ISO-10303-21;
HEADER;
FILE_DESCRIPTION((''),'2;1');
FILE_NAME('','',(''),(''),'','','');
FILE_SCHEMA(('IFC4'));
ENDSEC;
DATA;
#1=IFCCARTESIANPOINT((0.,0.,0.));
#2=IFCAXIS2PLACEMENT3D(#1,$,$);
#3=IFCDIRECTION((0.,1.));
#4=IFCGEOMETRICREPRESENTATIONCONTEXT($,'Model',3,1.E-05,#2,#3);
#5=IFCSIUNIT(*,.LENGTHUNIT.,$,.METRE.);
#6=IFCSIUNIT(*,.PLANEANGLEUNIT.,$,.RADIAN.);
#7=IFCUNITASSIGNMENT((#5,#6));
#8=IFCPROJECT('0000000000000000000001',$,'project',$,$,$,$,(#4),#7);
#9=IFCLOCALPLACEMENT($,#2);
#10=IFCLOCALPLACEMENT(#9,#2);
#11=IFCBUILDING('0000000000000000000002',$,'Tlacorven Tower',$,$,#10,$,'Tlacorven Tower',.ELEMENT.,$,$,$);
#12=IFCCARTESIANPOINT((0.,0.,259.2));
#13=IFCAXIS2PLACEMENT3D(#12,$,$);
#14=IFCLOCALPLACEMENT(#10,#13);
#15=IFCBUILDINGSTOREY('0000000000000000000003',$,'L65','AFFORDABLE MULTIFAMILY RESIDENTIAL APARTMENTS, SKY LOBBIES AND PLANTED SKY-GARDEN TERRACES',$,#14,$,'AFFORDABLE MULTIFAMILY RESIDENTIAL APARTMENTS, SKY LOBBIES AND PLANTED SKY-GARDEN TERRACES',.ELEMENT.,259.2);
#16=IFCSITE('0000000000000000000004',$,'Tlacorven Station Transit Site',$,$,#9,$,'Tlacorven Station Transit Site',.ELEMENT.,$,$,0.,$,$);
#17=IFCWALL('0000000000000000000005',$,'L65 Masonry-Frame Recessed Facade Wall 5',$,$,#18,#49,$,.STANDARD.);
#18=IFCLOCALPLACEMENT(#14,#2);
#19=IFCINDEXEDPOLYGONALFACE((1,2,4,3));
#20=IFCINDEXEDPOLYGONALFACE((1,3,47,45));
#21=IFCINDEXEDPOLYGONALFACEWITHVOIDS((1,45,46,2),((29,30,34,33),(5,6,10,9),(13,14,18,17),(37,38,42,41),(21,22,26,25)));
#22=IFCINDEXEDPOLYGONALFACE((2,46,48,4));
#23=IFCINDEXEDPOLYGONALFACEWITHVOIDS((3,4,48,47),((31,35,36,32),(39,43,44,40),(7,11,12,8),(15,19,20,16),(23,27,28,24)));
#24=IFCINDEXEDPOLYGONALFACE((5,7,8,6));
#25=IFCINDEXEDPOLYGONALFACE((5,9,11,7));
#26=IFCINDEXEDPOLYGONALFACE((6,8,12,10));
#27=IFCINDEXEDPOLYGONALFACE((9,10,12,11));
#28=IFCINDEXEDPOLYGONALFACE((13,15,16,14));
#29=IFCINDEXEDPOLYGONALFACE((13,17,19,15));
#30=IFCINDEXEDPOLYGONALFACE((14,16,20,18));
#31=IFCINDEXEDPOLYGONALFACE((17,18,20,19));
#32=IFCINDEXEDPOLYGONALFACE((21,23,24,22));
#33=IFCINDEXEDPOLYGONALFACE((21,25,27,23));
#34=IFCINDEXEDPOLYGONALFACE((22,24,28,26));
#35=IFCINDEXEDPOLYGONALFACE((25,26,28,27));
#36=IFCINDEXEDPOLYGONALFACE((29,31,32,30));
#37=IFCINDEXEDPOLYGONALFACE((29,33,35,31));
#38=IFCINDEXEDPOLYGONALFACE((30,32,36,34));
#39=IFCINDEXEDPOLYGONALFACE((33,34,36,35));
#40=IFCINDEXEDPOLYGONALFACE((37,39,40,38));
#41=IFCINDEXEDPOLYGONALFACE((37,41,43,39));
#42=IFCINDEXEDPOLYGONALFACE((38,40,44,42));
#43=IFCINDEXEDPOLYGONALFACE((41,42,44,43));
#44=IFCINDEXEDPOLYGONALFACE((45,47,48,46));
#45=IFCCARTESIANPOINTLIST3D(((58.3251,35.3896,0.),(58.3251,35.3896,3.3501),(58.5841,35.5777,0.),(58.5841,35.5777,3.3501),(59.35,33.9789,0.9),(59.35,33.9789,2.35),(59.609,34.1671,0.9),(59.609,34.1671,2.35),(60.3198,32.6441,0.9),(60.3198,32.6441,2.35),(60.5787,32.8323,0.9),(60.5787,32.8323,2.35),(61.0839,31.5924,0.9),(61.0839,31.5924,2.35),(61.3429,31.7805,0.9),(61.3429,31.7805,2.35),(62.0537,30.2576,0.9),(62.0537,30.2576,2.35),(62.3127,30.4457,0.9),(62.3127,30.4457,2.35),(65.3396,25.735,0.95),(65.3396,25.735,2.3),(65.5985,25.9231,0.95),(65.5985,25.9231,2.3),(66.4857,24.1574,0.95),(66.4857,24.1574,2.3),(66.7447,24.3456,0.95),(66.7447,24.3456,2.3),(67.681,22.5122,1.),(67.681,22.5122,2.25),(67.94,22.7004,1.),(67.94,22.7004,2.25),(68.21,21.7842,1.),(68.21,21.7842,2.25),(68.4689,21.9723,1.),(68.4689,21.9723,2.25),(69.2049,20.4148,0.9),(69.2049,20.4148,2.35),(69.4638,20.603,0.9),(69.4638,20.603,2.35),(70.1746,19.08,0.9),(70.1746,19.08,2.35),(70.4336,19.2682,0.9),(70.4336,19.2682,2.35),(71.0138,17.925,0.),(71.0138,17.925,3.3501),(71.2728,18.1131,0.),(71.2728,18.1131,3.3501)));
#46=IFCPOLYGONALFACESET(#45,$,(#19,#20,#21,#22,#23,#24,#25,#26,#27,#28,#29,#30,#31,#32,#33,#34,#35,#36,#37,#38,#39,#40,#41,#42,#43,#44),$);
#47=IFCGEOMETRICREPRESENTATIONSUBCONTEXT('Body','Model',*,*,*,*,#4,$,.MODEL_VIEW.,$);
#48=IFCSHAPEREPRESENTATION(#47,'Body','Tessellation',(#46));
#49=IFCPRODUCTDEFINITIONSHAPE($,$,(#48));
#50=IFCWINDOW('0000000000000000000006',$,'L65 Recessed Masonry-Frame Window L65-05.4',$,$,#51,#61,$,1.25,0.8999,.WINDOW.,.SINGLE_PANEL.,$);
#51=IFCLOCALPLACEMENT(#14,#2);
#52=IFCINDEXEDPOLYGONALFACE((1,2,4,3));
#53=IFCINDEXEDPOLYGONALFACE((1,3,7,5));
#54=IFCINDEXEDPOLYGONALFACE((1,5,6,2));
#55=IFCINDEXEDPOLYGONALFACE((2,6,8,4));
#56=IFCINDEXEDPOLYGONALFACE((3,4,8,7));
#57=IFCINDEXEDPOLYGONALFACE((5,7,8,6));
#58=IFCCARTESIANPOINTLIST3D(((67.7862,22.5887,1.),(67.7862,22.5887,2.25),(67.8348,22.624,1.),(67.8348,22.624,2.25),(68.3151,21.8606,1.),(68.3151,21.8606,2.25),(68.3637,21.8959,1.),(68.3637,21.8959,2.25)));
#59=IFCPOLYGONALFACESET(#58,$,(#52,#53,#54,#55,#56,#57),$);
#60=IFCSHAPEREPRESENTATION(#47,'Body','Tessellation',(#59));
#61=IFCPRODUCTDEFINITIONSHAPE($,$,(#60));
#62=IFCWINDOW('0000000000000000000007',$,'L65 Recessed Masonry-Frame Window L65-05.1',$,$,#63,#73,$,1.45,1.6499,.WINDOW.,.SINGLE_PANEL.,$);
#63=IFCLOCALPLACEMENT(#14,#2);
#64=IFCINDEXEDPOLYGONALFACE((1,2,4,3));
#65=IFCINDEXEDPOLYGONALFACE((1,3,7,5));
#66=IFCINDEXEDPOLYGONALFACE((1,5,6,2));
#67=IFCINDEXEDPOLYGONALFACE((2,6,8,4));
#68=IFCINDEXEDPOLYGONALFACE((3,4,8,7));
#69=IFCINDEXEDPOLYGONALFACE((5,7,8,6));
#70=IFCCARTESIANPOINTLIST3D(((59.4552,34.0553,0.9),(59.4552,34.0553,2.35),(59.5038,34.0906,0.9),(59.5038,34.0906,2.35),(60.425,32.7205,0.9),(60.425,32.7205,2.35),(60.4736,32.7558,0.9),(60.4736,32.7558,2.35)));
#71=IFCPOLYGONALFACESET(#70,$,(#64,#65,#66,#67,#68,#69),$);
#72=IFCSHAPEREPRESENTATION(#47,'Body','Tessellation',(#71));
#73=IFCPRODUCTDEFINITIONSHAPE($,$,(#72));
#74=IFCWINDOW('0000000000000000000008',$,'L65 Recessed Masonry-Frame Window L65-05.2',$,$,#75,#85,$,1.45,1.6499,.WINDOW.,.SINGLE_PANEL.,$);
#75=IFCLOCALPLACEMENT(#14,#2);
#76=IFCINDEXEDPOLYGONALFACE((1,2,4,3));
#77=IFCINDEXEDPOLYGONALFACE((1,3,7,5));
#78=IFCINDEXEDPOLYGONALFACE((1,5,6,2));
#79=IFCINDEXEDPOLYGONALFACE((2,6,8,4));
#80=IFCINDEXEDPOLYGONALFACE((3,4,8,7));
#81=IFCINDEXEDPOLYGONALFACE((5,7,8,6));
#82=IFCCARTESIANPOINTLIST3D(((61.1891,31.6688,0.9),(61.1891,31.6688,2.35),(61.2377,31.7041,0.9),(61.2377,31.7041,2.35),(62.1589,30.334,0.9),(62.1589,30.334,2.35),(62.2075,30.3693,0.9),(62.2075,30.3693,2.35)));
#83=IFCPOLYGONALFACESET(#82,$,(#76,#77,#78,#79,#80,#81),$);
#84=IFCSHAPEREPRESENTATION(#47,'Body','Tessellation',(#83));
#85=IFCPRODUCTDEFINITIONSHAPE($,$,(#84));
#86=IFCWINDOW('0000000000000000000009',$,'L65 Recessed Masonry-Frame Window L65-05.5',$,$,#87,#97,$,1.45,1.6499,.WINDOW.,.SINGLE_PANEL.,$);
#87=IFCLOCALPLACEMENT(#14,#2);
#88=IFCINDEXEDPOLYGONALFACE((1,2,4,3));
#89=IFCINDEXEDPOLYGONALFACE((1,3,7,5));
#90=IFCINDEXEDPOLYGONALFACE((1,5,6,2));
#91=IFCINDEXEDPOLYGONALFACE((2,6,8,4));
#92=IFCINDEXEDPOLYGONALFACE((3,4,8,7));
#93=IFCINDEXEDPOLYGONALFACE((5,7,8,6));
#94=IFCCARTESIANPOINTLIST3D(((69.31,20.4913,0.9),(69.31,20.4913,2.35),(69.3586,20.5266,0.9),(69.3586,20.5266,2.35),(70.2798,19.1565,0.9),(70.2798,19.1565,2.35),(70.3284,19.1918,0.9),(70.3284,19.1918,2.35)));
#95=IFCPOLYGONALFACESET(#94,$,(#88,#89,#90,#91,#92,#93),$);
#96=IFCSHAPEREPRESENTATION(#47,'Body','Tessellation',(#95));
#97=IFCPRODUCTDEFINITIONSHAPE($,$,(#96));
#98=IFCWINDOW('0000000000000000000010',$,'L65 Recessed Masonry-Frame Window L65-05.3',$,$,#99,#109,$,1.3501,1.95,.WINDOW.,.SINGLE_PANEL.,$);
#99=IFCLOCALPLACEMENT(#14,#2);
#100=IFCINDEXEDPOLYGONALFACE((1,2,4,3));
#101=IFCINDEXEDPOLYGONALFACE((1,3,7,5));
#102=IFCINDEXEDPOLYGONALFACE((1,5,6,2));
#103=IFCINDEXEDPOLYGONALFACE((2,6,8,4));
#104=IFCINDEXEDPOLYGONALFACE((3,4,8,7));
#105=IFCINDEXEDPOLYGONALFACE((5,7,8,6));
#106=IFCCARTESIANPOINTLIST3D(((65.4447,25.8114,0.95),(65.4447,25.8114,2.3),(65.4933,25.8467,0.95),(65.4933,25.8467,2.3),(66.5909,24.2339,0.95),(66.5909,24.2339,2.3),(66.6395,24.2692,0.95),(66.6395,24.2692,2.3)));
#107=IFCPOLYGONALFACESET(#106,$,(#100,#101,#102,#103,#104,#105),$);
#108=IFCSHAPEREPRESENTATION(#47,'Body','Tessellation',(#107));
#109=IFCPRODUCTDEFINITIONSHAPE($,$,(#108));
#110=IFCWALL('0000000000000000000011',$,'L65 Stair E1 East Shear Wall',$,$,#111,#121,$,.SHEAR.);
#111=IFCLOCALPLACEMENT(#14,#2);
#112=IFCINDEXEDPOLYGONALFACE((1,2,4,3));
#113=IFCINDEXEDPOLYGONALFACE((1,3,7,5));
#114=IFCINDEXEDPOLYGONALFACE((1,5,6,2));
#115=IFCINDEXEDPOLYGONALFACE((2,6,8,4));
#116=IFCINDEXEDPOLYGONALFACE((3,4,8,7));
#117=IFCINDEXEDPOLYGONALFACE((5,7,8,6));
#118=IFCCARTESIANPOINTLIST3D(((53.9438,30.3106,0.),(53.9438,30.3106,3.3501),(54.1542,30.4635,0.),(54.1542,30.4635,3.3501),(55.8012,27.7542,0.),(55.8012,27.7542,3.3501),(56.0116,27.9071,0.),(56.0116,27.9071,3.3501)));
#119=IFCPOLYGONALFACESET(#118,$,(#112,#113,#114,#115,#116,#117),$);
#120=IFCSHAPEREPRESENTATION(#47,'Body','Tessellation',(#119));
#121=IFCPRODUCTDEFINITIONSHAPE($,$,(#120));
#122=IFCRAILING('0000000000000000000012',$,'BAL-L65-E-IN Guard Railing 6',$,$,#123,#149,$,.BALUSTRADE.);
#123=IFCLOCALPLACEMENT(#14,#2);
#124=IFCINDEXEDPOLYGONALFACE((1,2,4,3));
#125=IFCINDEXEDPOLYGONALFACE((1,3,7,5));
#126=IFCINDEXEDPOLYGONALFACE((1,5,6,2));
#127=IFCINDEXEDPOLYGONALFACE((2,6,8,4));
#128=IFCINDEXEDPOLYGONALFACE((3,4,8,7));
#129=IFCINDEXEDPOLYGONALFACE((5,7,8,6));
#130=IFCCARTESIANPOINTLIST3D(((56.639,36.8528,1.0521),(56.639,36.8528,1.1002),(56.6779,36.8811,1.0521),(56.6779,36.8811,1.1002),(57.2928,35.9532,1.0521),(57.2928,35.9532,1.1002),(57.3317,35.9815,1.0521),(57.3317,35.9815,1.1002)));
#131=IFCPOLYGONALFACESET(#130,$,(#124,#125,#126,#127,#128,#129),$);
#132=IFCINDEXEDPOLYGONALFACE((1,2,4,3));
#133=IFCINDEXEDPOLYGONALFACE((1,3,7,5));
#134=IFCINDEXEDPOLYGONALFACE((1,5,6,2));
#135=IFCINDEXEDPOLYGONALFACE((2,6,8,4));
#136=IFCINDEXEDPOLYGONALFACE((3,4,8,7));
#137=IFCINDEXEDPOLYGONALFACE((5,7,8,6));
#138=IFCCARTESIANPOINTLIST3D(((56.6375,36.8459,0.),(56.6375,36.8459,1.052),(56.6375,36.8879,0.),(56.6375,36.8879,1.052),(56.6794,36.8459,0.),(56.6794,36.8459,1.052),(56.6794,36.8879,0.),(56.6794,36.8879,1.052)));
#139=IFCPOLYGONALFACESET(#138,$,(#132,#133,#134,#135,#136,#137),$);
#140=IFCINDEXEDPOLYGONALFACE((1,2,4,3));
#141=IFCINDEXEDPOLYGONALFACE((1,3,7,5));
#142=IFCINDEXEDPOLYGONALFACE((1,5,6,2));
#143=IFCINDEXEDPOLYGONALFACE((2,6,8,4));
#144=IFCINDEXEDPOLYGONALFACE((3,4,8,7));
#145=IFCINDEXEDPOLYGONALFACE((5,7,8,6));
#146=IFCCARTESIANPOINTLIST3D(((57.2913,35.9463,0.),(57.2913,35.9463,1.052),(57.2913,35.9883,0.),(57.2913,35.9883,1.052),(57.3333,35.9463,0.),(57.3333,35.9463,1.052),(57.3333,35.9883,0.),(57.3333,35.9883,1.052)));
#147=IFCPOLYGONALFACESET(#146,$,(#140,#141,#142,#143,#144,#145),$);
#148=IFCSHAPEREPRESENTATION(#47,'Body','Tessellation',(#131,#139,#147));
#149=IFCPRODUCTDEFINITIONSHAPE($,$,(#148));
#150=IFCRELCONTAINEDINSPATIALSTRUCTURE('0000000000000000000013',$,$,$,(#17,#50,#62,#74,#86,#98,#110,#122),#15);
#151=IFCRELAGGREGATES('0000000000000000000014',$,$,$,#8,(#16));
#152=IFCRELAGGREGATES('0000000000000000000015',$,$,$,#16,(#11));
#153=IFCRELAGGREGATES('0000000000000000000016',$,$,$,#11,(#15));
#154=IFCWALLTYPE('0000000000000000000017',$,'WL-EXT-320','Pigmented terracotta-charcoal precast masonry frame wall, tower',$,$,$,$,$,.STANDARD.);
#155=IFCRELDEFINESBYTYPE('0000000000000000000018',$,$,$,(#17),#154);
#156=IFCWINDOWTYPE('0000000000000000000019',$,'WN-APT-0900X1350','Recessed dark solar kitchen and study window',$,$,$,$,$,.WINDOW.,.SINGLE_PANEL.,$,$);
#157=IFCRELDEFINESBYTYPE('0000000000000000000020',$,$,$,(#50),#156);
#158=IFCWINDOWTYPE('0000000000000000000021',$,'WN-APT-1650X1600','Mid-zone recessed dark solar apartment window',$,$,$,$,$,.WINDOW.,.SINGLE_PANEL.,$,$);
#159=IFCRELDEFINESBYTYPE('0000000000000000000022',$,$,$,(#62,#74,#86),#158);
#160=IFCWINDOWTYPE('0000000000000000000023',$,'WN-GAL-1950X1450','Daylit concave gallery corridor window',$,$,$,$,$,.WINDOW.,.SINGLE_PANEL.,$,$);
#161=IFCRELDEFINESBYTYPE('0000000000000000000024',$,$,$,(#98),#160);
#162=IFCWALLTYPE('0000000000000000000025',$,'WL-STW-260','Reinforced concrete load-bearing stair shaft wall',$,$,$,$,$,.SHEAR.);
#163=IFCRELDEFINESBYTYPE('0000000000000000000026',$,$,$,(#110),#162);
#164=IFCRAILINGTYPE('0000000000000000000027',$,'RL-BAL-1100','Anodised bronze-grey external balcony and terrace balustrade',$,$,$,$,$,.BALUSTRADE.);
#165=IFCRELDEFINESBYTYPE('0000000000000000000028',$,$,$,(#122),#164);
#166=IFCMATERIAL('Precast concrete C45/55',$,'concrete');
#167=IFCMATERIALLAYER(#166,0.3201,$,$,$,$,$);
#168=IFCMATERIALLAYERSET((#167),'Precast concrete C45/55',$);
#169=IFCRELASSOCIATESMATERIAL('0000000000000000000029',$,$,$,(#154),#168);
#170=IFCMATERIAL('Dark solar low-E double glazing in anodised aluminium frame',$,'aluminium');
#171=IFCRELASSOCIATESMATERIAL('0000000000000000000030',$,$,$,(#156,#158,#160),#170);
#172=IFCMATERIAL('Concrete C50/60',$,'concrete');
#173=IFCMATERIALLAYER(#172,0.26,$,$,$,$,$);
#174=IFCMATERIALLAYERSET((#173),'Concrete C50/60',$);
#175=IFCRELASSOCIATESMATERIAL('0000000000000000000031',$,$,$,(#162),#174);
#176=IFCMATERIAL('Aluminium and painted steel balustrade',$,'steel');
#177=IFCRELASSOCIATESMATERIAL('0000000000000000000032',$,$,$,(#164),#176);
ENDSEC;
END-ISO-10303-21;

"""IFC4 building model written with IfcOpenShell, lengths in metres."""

from ifc_helpers import new_model, si_unit, direction, frame, frame_2d, origin, origin_2d, place, context, subcontext, project, spatial, rectangle, extrude, source, transform, mapped, material, layer, layer_set, type_object, element, fill, save


model = new_model("IFC4")

# Units and contexts
model_context = context("Model", 3, precision=1e-05, world=origin(), true_north=direction((0.0, 1.0)))
body_context = subcontext(model_context, "Body", "Model", "MODEL_VIEW")
ifc_project = project(units=[si_unit("LENGTHUNIT", "METRE"), si_unit("PLANEANGLEUNIT", "RADIAN")], contexts=[model_context])

# Site, building, storey
site_placement = place(None, origin())
site = spatial("IfcSite", under=ifc_project, at=site_placement, Name="Tlacorven Station Transit Site", LongName="Tlacorven Station Transit Site", CompositionType="ELEMENT", RefElevation=0.0)
building_placement = place(site_placement, origin())
building = spatial("IfcBuilding", under=site, at=building_placement, Name="Tlacorven Tower", LongName="Tlacorven Tower", CompositionType="ELEMENT")
storey_placement = place(building_placement, frame((0.0, 0.0, 259.2)))
storey = spatial("IfcBuildingStorey", under=building, at=storey_placement, Name="L65", Description="AFFORDABLE MULTIFAMILY RESIDENTIAL APARTMENTS, SKY LOBBIES AND PLANTED SKY-GARDEN TERRACES", LongName="AFFORDABLE MULTIFAMILY RESIDENTIAL APARTMENTS, SKY LOBBIES AND PLANTED SKY-GARDEN TERRACES", CompositionType="ELEMENT", Elevation=259.2)

# Shared definitions
ifc_material_1 = material(Name="Concrete C50/60", Category="concrete")

# Wall, openings, windows
ifc_material_2 = material(Name="Precast concrete C45/55", Category="concrete")
ifc_layer_1 = layer(ifc_material_2, 0.3201)
ifc_layer_set_1 = layer_set([ifc_layer_1], Name="Precast concrete C45/55")
wall_type_1 = type_object("IfcWallType", Name="WL-EXT-320", Description="Pigmented terracotta-charcoal precast masonry frame wall, tower", PredefinedType="STANDARD", material=ifc_layer_set_1)
wall_1_placement = place(storey_placement, frame((58.4546, 35.4836, 0.0), z_axis=(0.0, 0.0, 1.0), x_axis=(0.587784, -0.809018, 0.0)))
wall_1 = element("IfcWall", 1, at=wall_1_placement, inside=storey, type_object=wall_type_1, Name="L65 Masonry-Frame Recessed Facade Wall 5", PredefinedType="STANDARD", context=body_context, shape_type="SweptSolid", body=[
    extrude(rectangle(XDim=21.5874, YDim=0.3201, at=frame_2d((10.7937, 0.0))), origin(), (0.0, 0.0, 1.0), 3.3501),
])
opening_1_placement = place(wall_1_placement, frame((1.7437, 0.0, 0.8999)))
opening_1 = element("IfcOpeningElement", 2, at=opening_1_placement, cuts=wall_1, PredefinedType="OPENING", context=body_context, shape_type="SweptSolid", body=[
    extrude(rectangle(XDim=1.6499, YDim=1.45, at=frame_2d((0.825, 0.7251))), frame((0.0, 0.1699, 0.0), z_axis=(0.0, -1.0, 0.0), x_axis=(1.0, 0.0, 0.0)), (0.0, 0.0, 1.0), 0.3401),
])
opening_2_placement = place(wall_1_placement, frame((4.6936, 0.0, 0.8999)))
opening_2 = element("IfcOpeningElement", 3, at=opening_2_placement, cuts=wall_1, PredefinedType="OPENING", context=body_context, shape_type="SweptSolid", body=[
    extrude(rectangle(XDim=1.6499, YDim=1.45, at=frame_2d((0.825, 0.7251))), frame((0.0, 0.1699, 0.0), z_axis=(0.0, -1.0, 0.0), x_axis=(1.0, 0.0, 0.0)), (0.0, 0.0, 1.0), 0.3401),
])
opening_3_placement = place(wall_1_placement, frame((11.9336, 0.0, 0.95)))
opening_3 = element("IfcOpeningElement", 4, at=opening_3_placement, cuts=wall_1, PredefinedType="OPENING", context=body_context, shape_type="SweptSolid", body=[
    extrude(rectangle(XDim=1.95, YDim=1.3501, at=frame_2d((0.9751, 0.675))), frame((0.0, 0.1699, 0.0), z_axis=(0.0, -1.0, 0.0), x_axis=(1.0, 0.0, 0.0)), (0.0, 0.0, 1.0), 0.3401),
])
opening_4_placement = place(wall_1_placement, frame((15.9172, 0.0, 1.0)))
opening_4 = element("IfcOpeningElement", 5, at=opening_4_placement, cuts=wall_1, PredefinedType="OPENING", context=body_context, shape_type="SweptSolid", body=[
    extrude(rectangle(XDim=0.8999, YDim=1.25, at=frame_2d((0.45, 0.625))), frame((0.0, 0.1699, 0.0), z_axis=(0.0, -1.0, 0.0), x_axis=(1.0, 0.0, 0.0)), (0.0, 0.0, 1.0), 0.3401),
])
opening_5_placement = place(wall_1_placement, frame((18.5098, 0.0, 0.8999)))
opening_5 = element("IfcOpeningElement", 6, at=opening_5_placement, cuts=wall_1, PredefinedType="OPENING", context=body_context, shape_type="SweptSolid", body=[
    extrude(rectangle(XDim=1.6499, YDim=1.45, at=frame_2d((0.825, 0.7251))), frame((0.0, 0.1699, 0.0), z_axis=(0.0, -1.0, 0.0), x_axis=(1.0, 0.0, 0.0)), (0.0, 0.0, 1.0), 0.3401),
])
ifc_material_3 = material(Name="Dark solar low-E double glazing in anodised aluminium frame", Category="aluminium")
window_type_1 = type_object("IfcWindowType", Name="WN-APT-0900X1350", Description="Recessed dark solar kitchen and study window", PartitioningType="SINGLE_PANEL", PredefinedType="WINDOW", material=ifc_material_3)
shared_shape_1 = source(origin(), body_context, "Body", "SweptSolid", [
    extrude(rectangle(XDim=0.8999, YDim=1.25, at=frame_2d((0.45, 0.625))), frame((0.0, 0.03, 0.0), z_axis=(0.0, -1.0, 0.0), x_axis=(1.0, 0.0, 0.0)), (0.0, 0.0, 1.0), 0.0601),
])
window_1_placement = place(opening_4_placement, origin())
window_1 = element("IfcWindow", 7, at=window_1_placement, inside=storey, type_object=window_type_1, Name="L65 Recessed Masonry-Frame Window L65-05.4", OverallHeight=1.25, OverallWidth=0.8999, PartitioningType="SINGLE_PANEL", PredefinedType="WINDOW", context=body_context, shape_type="MappedRepresentation", body=[
    mapped(shared_shape_1, transform((0.0, 0.0, 0.0), scale=1.0)),
])
fill(opening_4, window_1)
window_type_2 = type_object("IfcWindowType", Name="WN-APT-1650X1600", Description="Mid-zone recessed dark solar apartment window", PartitioningType="SINGLE_PANEL", PredefinedType="WINDOW", material=ifc_material_3)
shared_shape_2 = source(origin(), body_context, "Body", "SweptSolid", [
    extrude(rectangle(XDim=1.6499, YDim=1.45, at=frame_2d((0.825, 0.7251))), frame((0.0, 0.03, 0.0), z_axis=(0.0, -1.0, 0.0), x_axis=(1.0, 0.0, 0.0)), (0.0, 0.0, 1.0), 0.0601),
])
window_2_placement = place(opening_1_placement, origin())
window_2 = element("IfcWindow", 8, at=window_2_placement, inside=storey, type_object=window_type_2, Name="L65 Recessed Masonry-Frame Window L65-05.1", OverallHeight=1.45, OverallWidth=1.6499, PartitioningType="SINGLE_PANEL", PredefinedType="WINDOW", context=body_context, shape_type="MappedRepresentation", body=[
    mapped(shared_shape_2, transform((0.0, 0.0, 0.0), scale=1.0)),
])
fill(opening_1, window_2)
window_3_placement = place(opening_2_placement, origin())
window_3 = element("IfcWindow", 9, at=window_3_placement, inside=storey, type_object=window_type_2, Name="L65 Recessed Masonry-Frame Window L65-05.2", OverallHeight=1.45, OverallWidth=1.6499, PartitioningType="SINGLE_PANEL", PredefinedType="WINDOW", context=body_context, shape_type="MappedRepresentation", body=[
    mapped(shared_shape_2, transform((0.0, 0.0, 0.0), scale=1.0)),
])
fill(opening_2, window_3)
window_4_placement = place(opening_5_placement, origin())
window_4 = element("IfcWindow", 10, at=window_4_placement, inside=storey, type_object=window_type_2, Name="L65 Recessed Masonry-Frame Window L65-05.5", OverallHeight=1.45, OverallWidth=1.6499, PartitioningType="SINGLE_PANEL", PredefinedType="WINDOW", context=body_context, shape_type="MappedRepresentation", body=[
    mapped(shared_shape_2, transform((0.0, 0.0, 0.0), scale=1.0)),
])
fill(opening_5, window_4)
window_type_3 = type_object("IfcWindowType", Name="WN-GAL-1950X1450", Description="Daylit concave gallery corridor window", PartitioningType="SINGLE_PANEL", PredefinedType="WINDOW", material=ifc_material_3)
shared_shape_3 = source(origin(), body_context, "Body", "SweptSolid", [
    extrude(rectangle(XDim=1.95, YDim=1.3501, at=frame_2d((0.9751, 0.675))), frame((0.0, 0.03, 0.0), z_axis=(0.0, -1.0, 0.0), x_axis=(1.0, 0.0, 0.0)), (0.0, 0.0, 1.0), 0.0601),
])
window_5_placement = place(opening_3_placement, origin())
window_5 = element("IfcWindow", 11, at=window_5_placement, inside=storey, type_object=window_type_3, Name="L65 Recessed Masonry-Frame Window L65-05.3", OverallHeight=1.3501, OverallWidth=1.95, PartitioningType="SINGLE_PANEL", PredefinedType="WINDOW", context=body_context, shape_type="MappedRepresentation", body=[
    mapped(shared_shape_3, transform((0.0, 0.0, 0.0), scale=1.0)),
])
fill(opening_3, window_5)

# Wall
ifc_layer_2 = layer(ifc_material_1, 0.26)
ifc_layer_set_2 = layer_set([ifc_layer_2], Name="Concrete C50/60")
wall_type_2 = type_object("IfcWallType", Name="WL-STW-260", Description="Reinforced concrete load-bearing stair shaft wall", PredefinedType="SHEAR", material=ifc_layer_set_2)
wall_2_placement = place(storey_placement, frame((55.9065, 27.8306, 0.0), z_axis=(0.0, 0.0, 1.0), x_axis=(-0.587804, 0.809003, 0.0)))
element("IfcWall", 12, at=wall_2_placement, inside=storey, type_object=wall_type_2, Name="L65 Stair E1 East Shear Wall", PredefinedType="SHEAR", context=body_context, shape_type="SweptSolid", body=[
    extrude(rectangle(XDim=3.1599, YDim=0.26, at=frame_2d((1.5801, 0.0))), origin(), (0.0, 0.0, 1.0), 3.3501),
])

# Railing
ifc_material_4 = material(Name="Aluminium and painted steel balustrade", Category="steel")
railing_type = type_object("IfcRailingType", Name="RL-BAL-1100", Description="Anodised bronze-grey external balcony and terrace balustrade", PredefinedType="BALUSTRADE", material=ifc_material_4)
shared_shape_4 = source(origin(), body_context, "Body", "SweptSolid", [
    extrude(rectangle(XDim=0.0481, YDim=0.0481, at=origin_2d()), frame((0.0, 0.0, 1.0762), z_axis=(0.587884, -0.808945, 0.0), x_axis=(0.808945, 0.587884, 0.0)), (0.0, 0.0, 1.0), 1.1121),
    extrude(rectangle(XDim=0.042, YDim=0.042, at=origin_2d()), origin(), (0.0, 0.0, 1.0), 1.052),
    extrude(rectangle(XDim=0.042, YDim=0.042, at=origin_2d()), frame((0.6538, -0.8997, 0.0)), (0.0, 0.0, 1.0), 1.052),
])
railing_1_placement = place(storey_placement, frame((56.6584, 36.8669, 0.0)))
element("IfcRailing", 13, at=railing_1_placement, inside=storey, type_object=railing_type, Name="BAL-L65-E-IN Guard Railing 6", PredefinedType="BALUSTRADE", context=body_context, shape_type="MappedRepresentation", body=[
    mapped(shared_shape_4, transform((0.0, 0.0, 0.0), scale=1.0)),
])

save(model, "model.ifc")
